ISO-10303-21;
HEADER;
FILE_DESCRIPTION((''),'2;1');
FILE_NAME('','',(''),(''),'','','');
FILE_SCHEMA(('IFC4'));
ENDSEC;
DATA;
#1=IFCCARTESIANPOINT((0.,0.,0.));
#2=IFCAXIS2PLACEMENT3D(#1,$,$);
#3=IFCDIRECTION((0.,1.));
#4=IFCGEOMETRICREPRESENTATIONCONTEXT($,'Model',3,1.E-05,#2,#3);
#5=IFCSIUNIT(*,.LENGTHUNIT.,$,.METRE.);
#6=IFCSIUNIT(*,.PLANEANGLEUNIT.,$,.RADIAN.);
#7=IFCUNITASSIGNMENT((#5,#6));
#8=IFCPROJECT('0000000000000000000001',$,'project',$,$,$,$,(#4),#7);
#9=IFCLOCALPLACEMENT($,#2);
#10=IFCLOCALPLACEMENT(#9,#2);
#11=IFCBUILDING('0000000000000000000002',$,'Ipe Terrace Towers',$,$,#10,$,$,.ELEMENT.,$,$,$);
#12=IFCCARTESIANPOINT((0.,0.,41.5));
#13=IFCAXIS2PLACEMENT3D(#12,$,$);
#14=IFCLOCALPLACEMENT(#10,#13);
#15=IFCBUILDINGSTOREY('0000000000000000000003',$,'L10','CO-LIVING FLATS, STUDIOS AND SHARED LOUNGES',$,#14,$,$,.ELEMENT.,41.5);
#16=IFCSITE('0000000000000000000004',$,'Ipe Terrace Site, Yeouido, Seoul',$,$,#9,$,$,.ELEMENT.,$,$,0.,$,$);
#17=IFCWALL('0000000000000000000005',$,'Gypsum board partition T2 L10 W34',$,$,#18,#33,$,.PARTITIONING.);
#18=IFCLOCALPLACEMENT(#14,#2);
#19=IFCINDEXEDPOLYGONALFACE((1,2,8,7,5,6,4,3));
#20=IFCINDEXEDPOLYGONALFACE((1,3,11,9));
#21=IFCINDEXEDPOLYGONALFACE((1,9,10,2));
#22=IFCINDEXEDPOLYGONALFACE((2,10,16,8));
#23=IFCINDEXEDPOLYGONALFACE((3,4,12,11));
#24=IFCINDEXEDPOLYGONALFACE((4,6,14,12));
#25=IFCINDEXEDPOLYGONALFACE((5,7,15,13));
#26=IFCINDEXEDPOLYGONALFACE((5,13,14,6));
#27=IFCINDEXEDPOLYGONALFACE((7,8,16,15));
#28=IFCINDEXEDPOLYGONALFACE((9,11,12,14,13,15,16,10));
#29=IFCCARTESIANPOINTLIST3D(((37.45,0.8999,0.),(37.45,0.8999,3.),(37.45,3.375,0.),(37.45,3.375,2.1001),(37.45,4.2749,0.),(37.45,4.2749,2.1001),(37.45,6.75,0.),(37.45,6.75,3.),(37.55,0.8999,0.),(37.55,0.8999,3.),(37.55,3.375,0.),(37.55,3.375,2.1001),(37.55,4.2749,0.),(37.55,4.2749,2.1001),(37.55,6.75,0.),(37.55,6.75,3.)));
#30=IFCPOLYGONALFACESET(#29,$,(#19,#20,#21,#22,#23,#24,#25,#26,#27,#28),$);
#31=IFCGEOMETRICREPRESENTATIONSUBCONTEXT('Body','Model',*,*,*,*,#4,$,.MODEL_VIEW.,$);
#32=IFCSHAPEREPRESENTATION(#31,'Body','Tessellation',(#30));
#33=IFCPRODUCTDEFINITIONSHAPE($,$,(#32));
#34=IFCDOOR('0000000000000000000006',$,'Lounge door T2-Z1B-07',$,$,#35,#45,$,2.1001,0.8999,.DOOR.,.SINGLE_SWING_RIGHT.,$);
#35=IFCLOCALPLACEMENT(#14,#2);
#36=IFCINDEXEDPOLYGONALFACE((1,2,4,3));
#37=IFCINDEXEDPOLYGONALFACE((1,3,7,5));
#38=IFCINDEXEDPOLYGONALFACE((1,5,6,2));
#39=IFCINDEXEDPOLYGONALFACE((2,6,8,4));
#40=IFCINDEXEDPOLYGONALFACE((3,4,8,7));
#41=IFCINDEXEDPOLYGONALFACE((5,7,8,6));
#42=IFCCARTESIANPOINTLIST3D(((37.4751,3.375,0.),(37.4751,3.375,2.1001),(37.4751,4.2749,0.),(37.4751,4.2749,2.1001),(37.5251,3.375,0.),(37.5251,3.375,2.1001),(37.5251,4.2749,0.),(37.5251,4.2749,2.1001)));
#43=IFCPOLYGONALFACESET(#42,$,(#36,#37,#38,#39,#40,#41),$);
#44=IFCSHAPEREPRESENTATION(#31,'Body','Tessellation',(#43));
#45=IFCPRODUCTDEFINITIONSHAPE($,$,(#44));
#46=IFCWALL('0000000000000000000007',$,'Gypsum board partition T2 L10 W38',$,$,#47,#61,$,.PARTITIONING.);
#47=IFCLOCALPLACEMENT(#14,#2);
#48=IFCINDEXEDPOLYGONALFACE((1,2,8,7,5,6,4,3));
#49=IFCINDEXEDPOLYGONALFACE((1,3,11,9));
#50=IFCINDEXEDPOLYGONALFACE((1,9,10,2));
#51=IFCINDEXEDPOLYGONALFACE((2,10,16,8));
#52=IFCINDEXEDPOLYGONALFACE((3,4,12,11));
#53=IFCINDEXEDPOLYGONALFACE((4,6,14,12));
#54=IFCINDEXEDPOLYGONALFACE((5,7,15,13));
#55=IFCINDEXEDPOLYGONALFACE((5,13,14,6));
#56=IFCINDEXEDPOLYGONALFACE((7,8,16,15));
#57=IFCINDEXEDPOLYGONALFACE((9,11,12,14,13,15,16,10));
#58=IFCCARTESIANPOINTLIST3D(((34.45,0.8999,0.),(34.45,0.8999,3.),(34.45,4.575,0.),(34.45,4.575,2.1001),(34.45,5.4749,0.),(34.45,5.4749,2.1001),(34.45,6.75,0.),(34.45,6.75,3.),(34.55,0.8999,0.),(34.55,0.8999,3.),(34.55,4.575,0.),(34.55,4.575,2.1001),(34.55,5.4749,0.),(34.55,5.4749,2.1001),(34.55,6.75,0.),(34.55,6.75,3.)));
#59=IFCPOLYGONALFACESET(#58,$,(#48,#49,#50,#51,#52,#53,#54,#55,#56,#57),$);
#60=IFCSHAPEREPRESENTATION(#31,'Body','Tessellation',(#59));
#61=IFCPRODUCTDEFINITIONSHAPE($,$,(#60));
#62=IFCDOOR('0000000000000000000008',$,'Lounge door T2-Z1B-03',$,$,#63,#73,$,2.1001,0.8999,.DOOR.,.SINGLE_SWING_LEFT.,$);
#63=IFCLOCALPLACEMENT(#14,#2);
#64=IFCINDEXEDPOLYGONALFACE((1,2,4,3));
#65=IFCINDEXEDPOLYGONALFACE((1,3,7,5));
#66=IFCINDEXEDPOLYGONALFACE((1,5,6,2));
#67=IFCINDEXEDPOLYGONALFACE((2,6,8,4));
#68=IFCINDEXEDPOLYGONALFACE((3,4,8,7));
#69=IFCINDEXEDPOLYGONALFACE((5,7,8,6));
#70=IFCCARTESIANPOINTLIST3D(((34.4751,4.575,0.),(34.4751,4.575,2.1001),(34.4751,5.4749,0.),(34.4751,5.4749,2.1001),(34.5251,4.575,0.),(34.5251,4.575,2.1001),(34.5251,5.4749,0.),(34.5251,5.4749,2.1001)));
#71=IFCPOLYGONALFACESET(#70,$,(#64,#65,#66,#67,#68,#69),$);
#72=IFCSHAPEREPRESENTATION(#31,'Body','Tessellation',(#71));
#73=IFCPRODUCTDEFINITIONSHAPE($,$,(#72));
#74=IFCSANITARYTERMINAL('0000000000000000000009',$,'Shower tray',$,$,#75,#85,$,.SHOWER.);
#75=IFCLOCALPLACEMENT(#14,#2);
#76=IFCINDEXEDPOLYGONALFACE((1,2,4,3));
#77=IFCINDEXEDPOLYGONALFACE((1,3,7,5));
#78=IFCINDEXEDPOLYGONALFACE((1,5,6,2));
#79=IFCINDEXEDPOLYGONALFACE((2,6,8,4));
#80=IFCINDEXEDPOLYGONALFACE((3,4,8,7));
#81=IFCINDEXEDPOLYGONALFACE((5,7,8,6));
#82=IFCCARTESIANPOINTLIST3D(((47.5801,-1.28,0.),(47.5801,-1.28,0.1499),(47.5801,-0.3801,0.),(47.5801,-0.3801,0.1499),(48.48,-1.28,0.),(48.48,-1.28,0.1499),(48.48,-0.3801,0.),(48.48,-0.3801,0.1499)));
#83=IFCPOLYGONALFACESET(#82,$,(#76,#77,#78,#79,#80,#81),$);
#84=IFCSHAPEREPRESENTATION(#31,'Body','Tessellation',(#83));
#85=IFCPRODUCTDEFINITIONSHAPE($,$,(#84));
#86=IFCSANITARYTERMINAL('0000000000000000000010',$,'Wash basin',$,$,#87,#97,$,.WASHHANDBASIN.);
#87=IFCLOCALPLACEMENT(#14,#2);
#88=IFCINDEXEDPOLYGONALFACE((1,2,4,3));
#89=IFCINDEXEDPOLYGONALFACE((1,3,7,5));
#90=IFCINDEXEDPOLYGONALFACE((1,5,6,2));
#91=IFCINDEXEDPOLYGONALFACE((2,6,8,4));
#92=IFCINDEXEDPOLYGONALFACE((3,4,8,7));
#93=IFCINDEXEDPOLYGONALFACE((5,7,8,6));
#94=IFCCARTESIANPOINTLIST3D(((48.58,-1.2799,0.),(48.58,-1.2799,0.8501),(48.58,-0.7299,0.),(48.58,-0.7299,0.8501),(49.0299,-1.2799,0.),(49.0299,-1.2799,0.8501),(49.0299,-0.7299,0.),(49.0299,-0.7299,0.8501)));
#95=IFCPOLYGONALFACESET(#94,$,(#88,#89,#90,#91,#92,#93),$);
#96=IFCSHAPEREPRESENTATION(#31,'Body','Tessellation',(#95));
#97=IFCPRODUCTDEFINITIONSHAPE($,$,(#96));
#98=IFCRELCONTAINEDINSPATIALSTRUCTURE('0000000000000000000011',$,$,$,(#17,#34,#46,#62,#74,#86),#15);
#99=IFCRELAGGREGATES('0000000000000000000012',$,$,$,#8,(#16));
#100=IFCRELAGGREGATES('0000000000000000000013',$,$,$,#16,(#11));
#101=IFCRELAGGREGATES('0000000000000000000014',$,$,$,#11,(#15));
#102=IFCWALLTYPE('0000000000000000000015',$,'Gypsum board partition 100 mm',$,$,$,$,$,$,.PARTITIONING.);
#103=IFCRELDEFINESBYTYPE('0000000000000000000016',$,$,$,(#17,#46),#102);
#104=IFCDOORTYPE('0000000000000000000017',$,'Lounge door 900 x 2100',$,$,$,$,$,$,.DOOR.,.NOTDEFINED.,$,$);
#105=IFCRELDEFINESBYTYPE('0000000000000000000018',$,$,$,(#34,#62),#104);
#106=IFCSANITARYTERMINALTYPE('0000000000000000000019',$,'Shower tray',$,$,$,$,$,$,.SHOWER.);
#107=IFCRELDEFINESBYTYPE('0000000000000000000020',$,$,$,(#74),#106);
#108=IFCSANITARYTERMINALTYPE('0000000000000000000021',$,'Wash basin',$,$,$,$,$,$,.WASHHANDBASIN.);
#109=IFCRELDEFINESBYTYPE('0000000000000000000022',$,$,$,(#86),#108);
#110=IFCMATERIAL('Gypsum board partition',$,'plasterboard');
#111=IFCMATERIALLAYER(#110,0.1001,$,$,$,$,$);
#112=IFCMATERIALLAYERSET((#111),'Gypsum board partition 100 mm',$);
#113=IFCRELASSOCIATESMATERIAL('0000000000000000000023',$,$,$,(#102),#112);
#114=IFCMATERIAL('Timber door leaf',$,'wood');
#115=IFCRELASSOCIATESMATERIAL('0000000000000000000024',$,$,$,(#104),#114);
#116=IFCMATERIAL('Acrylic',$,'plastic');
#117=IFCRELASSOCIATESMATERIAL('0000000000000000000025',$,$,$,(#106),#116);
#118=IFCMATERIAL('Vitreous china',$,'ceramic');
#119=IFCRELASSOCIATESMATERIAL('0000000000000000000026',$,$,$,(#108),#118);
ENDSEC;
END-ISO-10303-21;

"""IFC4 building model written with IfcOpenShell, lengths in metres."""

from ifc_helpers import new_model, si_unit, direction, frame, frame_2d, origin, origin_2d, place, context, subcontext, project, spatial, rectangle, extrude, material, layer, layer_set, type_object, element, fill, save


model = new_model("IFC4")

# Units and contexts
model_context = context("Model", 3, precision=1e-05, world=origin(), true_north=direction((0.0, 1.0)))
body_context = subcontext(model_context, "Body", "Model", "MODEL_VIEW")
ifc_project = project(units=[si_unit("LENGTHUNIT", "METRE"), si_unit("PLANEANGLEUNIT", "RADIAN")], contexts=[model_context])

# Site, building, storey
site_placement = place(None, origin())
site = spatial("IfcSite", under=ifc_project, at=site_placement, Name="Ipe Terrace Site, Yeouido, Seoul", CompositionType="ELEMENT", RefElevation=0.0)
building_placement = place(site_placement, origin())
building = spatial("IfcBuilding", under=site, at=building_placement, Name="Ipe Terrace Towers", CompositionType="ELEMENT")
storey_placement = place(building_placement, frame((0.0, 0.0, 41.5)))
storey = spatial("IfcBuildingStorey", under=building, at=storey_placement, Name="L10", Description="CO-LIVING FLATS, STUDIOS AND SHARED LOUNGES", CompositionType="ELEMENT", Elevation=41.5)

# Shared definitions
ifc_material_1 = material(Name="Gypsum board partition", Category="plasterboard")
ifc_layer_1 = layer(ifc_material_1, 0.1001)
ifc_layer_set_1 = layer_set([ifc_layer_1], Name="Gypsum board partition 100 mm")
wall_type = type_object("IfcWallType", Name="Gypsum board partition 100 mm", PredefinedType="PARTITIONING", material=ifc_layer_set_1)

# Shared definitions
ifc_material_2 = material(Name="Timber door leaf", Category="wood")
door_type_1 = type_object("IfcDoorType", Name="Lounge door 900 x 2100", OperationType="NOTDEFINED", PredefinedType="DOOR", material=ifc_material_2)

# Walls, openings, doors
wall_1_placement = place(storey_placement, frame((37.5, 0.8999, 0.0), z_axis=(0.0, 0.0, 1.0), x_axis=(0.0, 1.0, 0.0)))
wall_1 = element("IfcWall", 1, at=wall_1_placement, inside=storey, type_object=wall_type, Name="Gypsum board partition T2 L10 W34", PredefinedType="PARTITIONING", context=body_context, shape_type="SweptSolid", body=[
    extrude(rectangle(XDim=5.8501, YDim=0.1001, at=frame_2d((2.925, 0.0))), origin(), (0.0, 0.0, 1.0), 3.0),
])
opening_1_placement = place(wall_1_placement, frame((2.4751, 0.0, 0.0)))
opening_1 = element("IfcOpeningElement", 2, at=opening_1_placement, cuts=wall_1, PredefinedType="OPENING", context=body_context, shape_type="SweptSolid", body=[
    extrude(rectangle(XDim=0.8999, YDim=2.1001, at=frame_2d((0.45, 1.05))), frame((0.0, 0.0601, 0.0), z_axis=(0.0, -1.0, 0.0), x_axis=(1.0, 0.0, 0.0)), (0.0, 0.0, 1.0), 0.1201),
])
door_1_placement = place(opening_1_placement, origin())
door_1 = element("IfcDoor", 3, at=door_1_placement, inside=storey, type_object=door_type_1, Name="Lounge door T2-Z1B-07", OperationType="SINGLE_SWING_RIGHT", OverallHeight=2.1001, OverallWidth=0.8999, PredefinedType="DOOR", context=body_context, shape_type="SweptSolid", body=[
    extrude(rectangle(XDim=0.8999, YDim=2.1001, at=frame_2d((0.45, 1.05))), frame((0.0, 0.0249, 0.0), z_axis=(0.0, -1.0, 0.0), x_axis=(1.0, 0.0, 0.0)), (0.0, 0.0, 1.0), 0.05),
])
fill(opening_1, door_1)
wall_2_placement = place(storey_placement, frame((34.5, 0.8999, 0.0), z_axis=(0.0, 0.0, 1.0), x_axis=(0.0, 1.0, 0.0)))
wall_2 = element("IfcWall", 4, at=wall_2_placement, inside=storey, type_object=wall_type, Name="Gypsum board partition T2 L10 W38", PredefinedType="PARTITIONING", context=body_context, shape_type="SweptSolid", body=[
    extrude(rectangle(XDim=5.8501, YDim=0.1001, at=frame_2d((2.925, 0.0))), origin(), (0.0, 0.0, 1.0), 3.0),
])
opening_2_placement = place(wall_2_placement, frame((3.675, 0.0, 0.0)))
opening_2 = element("IfcOpeningElement", 5, at=opening_2_placement, cuts=wall_2, PredefinedType="OPENING", context=body_context, shape_type="SweptSolid", body=[
    extrude(rectangle(XDim=0.8999, YDim=2.1001, at=frame_2d((0.45, 1.05))), frame((0.0, 0.0601, 0.0), z_axis=(0.0, -1.0, 0.0), x_axis=(1.0, 0.0, 0.0)), (0.0, 0.0, 1.0), 0.1201),
])
door_2_placement = place(opening_2_placement, origin())
door_2 = element("IfcDoor", 6, at=door_2_placement, inside=storey, type_object=door_type_1, Name="Lounge door T2-Z1B-03", OperationType="SINGLE_SWING_LEFT", OverallHeight=2.1001, OverallWidth=0.8999, PredefinedType="DOOR", context=body_context, shape_type="SweptSolid", body=[
    extrude(rectangle(XDim=0.8999, YDim=2.1001, at=frame_2d((0.45, 1.05))), frame((0.0, 0.0249, 0.0), z_axis=(0.0, -1.0, 0.0), x_axis=(1.0, 0.0, 0.0)), (0.0, 0.0, 1.0), 0.05),
])
fill(opening_2, door_2)

# Sanitary terminals
ifc_material_3 = material(Name="Acrylic", Category="plastic")
sanitary_terminal_type_1 = type_object("IfcSanitaryTerminalType", Name="Shower tray", PredefinedType="SHOWER", material=ifc_material_3)
sanitary_terminal_1_placement = place(storey_placement, frame((48.03, -0.8301, 0.0), z_axis=(0.0, 0.0, 1.0), x_axis=(0.0, 1.0, 0.0)))
element("IfcSanitaryTerminal", 7, at=sanitary_terminal_1_placement, inside=storey, type_object=sanitary_terminal_type_1, Name="Shower tray", PredefinedType="SHOWER", context=body_context, shape_type="SweptSolid", body=[
    extrude(rectangle(XDim=0.8999, YDim=0.8999, at=origin_2d()), origin(), (0.0, 0.0, 1.0), 0.1499),
])
ifc_material_4 = material(Name="Vitreous china", Category="ceramic")
sanitary_terminal_type_2 = type_object("IfcSanitaryTerminalType", Name="Wash basin", PredefinedType="WASHHANDBASIN", material=ifc_material_4)
sanitary_terminal_2_placement = place(storey_placement, frame((48.8049, -1.0049, 0.0), z_axis=(0.0, 0.0, 1.0), x_axis=(0.0, 1.0, 0.0)))
element("IfcSanitaryTerminal", 8, at=sanitary_terminal_2_placement, inside=storey, type_object=sanitary_terminal_type_2, Name="Wash basin", PredefinedType="WASHHANDBASIN", context=body_context, shape_type="SweptSolid", body=[
    extrude(rectangle(XDim=0.55, YDim=0.45, at=origin_2d()), origin(), (0.0, 0.0, 1.0), 0.8501),
])

save(model, "model.ifc")
